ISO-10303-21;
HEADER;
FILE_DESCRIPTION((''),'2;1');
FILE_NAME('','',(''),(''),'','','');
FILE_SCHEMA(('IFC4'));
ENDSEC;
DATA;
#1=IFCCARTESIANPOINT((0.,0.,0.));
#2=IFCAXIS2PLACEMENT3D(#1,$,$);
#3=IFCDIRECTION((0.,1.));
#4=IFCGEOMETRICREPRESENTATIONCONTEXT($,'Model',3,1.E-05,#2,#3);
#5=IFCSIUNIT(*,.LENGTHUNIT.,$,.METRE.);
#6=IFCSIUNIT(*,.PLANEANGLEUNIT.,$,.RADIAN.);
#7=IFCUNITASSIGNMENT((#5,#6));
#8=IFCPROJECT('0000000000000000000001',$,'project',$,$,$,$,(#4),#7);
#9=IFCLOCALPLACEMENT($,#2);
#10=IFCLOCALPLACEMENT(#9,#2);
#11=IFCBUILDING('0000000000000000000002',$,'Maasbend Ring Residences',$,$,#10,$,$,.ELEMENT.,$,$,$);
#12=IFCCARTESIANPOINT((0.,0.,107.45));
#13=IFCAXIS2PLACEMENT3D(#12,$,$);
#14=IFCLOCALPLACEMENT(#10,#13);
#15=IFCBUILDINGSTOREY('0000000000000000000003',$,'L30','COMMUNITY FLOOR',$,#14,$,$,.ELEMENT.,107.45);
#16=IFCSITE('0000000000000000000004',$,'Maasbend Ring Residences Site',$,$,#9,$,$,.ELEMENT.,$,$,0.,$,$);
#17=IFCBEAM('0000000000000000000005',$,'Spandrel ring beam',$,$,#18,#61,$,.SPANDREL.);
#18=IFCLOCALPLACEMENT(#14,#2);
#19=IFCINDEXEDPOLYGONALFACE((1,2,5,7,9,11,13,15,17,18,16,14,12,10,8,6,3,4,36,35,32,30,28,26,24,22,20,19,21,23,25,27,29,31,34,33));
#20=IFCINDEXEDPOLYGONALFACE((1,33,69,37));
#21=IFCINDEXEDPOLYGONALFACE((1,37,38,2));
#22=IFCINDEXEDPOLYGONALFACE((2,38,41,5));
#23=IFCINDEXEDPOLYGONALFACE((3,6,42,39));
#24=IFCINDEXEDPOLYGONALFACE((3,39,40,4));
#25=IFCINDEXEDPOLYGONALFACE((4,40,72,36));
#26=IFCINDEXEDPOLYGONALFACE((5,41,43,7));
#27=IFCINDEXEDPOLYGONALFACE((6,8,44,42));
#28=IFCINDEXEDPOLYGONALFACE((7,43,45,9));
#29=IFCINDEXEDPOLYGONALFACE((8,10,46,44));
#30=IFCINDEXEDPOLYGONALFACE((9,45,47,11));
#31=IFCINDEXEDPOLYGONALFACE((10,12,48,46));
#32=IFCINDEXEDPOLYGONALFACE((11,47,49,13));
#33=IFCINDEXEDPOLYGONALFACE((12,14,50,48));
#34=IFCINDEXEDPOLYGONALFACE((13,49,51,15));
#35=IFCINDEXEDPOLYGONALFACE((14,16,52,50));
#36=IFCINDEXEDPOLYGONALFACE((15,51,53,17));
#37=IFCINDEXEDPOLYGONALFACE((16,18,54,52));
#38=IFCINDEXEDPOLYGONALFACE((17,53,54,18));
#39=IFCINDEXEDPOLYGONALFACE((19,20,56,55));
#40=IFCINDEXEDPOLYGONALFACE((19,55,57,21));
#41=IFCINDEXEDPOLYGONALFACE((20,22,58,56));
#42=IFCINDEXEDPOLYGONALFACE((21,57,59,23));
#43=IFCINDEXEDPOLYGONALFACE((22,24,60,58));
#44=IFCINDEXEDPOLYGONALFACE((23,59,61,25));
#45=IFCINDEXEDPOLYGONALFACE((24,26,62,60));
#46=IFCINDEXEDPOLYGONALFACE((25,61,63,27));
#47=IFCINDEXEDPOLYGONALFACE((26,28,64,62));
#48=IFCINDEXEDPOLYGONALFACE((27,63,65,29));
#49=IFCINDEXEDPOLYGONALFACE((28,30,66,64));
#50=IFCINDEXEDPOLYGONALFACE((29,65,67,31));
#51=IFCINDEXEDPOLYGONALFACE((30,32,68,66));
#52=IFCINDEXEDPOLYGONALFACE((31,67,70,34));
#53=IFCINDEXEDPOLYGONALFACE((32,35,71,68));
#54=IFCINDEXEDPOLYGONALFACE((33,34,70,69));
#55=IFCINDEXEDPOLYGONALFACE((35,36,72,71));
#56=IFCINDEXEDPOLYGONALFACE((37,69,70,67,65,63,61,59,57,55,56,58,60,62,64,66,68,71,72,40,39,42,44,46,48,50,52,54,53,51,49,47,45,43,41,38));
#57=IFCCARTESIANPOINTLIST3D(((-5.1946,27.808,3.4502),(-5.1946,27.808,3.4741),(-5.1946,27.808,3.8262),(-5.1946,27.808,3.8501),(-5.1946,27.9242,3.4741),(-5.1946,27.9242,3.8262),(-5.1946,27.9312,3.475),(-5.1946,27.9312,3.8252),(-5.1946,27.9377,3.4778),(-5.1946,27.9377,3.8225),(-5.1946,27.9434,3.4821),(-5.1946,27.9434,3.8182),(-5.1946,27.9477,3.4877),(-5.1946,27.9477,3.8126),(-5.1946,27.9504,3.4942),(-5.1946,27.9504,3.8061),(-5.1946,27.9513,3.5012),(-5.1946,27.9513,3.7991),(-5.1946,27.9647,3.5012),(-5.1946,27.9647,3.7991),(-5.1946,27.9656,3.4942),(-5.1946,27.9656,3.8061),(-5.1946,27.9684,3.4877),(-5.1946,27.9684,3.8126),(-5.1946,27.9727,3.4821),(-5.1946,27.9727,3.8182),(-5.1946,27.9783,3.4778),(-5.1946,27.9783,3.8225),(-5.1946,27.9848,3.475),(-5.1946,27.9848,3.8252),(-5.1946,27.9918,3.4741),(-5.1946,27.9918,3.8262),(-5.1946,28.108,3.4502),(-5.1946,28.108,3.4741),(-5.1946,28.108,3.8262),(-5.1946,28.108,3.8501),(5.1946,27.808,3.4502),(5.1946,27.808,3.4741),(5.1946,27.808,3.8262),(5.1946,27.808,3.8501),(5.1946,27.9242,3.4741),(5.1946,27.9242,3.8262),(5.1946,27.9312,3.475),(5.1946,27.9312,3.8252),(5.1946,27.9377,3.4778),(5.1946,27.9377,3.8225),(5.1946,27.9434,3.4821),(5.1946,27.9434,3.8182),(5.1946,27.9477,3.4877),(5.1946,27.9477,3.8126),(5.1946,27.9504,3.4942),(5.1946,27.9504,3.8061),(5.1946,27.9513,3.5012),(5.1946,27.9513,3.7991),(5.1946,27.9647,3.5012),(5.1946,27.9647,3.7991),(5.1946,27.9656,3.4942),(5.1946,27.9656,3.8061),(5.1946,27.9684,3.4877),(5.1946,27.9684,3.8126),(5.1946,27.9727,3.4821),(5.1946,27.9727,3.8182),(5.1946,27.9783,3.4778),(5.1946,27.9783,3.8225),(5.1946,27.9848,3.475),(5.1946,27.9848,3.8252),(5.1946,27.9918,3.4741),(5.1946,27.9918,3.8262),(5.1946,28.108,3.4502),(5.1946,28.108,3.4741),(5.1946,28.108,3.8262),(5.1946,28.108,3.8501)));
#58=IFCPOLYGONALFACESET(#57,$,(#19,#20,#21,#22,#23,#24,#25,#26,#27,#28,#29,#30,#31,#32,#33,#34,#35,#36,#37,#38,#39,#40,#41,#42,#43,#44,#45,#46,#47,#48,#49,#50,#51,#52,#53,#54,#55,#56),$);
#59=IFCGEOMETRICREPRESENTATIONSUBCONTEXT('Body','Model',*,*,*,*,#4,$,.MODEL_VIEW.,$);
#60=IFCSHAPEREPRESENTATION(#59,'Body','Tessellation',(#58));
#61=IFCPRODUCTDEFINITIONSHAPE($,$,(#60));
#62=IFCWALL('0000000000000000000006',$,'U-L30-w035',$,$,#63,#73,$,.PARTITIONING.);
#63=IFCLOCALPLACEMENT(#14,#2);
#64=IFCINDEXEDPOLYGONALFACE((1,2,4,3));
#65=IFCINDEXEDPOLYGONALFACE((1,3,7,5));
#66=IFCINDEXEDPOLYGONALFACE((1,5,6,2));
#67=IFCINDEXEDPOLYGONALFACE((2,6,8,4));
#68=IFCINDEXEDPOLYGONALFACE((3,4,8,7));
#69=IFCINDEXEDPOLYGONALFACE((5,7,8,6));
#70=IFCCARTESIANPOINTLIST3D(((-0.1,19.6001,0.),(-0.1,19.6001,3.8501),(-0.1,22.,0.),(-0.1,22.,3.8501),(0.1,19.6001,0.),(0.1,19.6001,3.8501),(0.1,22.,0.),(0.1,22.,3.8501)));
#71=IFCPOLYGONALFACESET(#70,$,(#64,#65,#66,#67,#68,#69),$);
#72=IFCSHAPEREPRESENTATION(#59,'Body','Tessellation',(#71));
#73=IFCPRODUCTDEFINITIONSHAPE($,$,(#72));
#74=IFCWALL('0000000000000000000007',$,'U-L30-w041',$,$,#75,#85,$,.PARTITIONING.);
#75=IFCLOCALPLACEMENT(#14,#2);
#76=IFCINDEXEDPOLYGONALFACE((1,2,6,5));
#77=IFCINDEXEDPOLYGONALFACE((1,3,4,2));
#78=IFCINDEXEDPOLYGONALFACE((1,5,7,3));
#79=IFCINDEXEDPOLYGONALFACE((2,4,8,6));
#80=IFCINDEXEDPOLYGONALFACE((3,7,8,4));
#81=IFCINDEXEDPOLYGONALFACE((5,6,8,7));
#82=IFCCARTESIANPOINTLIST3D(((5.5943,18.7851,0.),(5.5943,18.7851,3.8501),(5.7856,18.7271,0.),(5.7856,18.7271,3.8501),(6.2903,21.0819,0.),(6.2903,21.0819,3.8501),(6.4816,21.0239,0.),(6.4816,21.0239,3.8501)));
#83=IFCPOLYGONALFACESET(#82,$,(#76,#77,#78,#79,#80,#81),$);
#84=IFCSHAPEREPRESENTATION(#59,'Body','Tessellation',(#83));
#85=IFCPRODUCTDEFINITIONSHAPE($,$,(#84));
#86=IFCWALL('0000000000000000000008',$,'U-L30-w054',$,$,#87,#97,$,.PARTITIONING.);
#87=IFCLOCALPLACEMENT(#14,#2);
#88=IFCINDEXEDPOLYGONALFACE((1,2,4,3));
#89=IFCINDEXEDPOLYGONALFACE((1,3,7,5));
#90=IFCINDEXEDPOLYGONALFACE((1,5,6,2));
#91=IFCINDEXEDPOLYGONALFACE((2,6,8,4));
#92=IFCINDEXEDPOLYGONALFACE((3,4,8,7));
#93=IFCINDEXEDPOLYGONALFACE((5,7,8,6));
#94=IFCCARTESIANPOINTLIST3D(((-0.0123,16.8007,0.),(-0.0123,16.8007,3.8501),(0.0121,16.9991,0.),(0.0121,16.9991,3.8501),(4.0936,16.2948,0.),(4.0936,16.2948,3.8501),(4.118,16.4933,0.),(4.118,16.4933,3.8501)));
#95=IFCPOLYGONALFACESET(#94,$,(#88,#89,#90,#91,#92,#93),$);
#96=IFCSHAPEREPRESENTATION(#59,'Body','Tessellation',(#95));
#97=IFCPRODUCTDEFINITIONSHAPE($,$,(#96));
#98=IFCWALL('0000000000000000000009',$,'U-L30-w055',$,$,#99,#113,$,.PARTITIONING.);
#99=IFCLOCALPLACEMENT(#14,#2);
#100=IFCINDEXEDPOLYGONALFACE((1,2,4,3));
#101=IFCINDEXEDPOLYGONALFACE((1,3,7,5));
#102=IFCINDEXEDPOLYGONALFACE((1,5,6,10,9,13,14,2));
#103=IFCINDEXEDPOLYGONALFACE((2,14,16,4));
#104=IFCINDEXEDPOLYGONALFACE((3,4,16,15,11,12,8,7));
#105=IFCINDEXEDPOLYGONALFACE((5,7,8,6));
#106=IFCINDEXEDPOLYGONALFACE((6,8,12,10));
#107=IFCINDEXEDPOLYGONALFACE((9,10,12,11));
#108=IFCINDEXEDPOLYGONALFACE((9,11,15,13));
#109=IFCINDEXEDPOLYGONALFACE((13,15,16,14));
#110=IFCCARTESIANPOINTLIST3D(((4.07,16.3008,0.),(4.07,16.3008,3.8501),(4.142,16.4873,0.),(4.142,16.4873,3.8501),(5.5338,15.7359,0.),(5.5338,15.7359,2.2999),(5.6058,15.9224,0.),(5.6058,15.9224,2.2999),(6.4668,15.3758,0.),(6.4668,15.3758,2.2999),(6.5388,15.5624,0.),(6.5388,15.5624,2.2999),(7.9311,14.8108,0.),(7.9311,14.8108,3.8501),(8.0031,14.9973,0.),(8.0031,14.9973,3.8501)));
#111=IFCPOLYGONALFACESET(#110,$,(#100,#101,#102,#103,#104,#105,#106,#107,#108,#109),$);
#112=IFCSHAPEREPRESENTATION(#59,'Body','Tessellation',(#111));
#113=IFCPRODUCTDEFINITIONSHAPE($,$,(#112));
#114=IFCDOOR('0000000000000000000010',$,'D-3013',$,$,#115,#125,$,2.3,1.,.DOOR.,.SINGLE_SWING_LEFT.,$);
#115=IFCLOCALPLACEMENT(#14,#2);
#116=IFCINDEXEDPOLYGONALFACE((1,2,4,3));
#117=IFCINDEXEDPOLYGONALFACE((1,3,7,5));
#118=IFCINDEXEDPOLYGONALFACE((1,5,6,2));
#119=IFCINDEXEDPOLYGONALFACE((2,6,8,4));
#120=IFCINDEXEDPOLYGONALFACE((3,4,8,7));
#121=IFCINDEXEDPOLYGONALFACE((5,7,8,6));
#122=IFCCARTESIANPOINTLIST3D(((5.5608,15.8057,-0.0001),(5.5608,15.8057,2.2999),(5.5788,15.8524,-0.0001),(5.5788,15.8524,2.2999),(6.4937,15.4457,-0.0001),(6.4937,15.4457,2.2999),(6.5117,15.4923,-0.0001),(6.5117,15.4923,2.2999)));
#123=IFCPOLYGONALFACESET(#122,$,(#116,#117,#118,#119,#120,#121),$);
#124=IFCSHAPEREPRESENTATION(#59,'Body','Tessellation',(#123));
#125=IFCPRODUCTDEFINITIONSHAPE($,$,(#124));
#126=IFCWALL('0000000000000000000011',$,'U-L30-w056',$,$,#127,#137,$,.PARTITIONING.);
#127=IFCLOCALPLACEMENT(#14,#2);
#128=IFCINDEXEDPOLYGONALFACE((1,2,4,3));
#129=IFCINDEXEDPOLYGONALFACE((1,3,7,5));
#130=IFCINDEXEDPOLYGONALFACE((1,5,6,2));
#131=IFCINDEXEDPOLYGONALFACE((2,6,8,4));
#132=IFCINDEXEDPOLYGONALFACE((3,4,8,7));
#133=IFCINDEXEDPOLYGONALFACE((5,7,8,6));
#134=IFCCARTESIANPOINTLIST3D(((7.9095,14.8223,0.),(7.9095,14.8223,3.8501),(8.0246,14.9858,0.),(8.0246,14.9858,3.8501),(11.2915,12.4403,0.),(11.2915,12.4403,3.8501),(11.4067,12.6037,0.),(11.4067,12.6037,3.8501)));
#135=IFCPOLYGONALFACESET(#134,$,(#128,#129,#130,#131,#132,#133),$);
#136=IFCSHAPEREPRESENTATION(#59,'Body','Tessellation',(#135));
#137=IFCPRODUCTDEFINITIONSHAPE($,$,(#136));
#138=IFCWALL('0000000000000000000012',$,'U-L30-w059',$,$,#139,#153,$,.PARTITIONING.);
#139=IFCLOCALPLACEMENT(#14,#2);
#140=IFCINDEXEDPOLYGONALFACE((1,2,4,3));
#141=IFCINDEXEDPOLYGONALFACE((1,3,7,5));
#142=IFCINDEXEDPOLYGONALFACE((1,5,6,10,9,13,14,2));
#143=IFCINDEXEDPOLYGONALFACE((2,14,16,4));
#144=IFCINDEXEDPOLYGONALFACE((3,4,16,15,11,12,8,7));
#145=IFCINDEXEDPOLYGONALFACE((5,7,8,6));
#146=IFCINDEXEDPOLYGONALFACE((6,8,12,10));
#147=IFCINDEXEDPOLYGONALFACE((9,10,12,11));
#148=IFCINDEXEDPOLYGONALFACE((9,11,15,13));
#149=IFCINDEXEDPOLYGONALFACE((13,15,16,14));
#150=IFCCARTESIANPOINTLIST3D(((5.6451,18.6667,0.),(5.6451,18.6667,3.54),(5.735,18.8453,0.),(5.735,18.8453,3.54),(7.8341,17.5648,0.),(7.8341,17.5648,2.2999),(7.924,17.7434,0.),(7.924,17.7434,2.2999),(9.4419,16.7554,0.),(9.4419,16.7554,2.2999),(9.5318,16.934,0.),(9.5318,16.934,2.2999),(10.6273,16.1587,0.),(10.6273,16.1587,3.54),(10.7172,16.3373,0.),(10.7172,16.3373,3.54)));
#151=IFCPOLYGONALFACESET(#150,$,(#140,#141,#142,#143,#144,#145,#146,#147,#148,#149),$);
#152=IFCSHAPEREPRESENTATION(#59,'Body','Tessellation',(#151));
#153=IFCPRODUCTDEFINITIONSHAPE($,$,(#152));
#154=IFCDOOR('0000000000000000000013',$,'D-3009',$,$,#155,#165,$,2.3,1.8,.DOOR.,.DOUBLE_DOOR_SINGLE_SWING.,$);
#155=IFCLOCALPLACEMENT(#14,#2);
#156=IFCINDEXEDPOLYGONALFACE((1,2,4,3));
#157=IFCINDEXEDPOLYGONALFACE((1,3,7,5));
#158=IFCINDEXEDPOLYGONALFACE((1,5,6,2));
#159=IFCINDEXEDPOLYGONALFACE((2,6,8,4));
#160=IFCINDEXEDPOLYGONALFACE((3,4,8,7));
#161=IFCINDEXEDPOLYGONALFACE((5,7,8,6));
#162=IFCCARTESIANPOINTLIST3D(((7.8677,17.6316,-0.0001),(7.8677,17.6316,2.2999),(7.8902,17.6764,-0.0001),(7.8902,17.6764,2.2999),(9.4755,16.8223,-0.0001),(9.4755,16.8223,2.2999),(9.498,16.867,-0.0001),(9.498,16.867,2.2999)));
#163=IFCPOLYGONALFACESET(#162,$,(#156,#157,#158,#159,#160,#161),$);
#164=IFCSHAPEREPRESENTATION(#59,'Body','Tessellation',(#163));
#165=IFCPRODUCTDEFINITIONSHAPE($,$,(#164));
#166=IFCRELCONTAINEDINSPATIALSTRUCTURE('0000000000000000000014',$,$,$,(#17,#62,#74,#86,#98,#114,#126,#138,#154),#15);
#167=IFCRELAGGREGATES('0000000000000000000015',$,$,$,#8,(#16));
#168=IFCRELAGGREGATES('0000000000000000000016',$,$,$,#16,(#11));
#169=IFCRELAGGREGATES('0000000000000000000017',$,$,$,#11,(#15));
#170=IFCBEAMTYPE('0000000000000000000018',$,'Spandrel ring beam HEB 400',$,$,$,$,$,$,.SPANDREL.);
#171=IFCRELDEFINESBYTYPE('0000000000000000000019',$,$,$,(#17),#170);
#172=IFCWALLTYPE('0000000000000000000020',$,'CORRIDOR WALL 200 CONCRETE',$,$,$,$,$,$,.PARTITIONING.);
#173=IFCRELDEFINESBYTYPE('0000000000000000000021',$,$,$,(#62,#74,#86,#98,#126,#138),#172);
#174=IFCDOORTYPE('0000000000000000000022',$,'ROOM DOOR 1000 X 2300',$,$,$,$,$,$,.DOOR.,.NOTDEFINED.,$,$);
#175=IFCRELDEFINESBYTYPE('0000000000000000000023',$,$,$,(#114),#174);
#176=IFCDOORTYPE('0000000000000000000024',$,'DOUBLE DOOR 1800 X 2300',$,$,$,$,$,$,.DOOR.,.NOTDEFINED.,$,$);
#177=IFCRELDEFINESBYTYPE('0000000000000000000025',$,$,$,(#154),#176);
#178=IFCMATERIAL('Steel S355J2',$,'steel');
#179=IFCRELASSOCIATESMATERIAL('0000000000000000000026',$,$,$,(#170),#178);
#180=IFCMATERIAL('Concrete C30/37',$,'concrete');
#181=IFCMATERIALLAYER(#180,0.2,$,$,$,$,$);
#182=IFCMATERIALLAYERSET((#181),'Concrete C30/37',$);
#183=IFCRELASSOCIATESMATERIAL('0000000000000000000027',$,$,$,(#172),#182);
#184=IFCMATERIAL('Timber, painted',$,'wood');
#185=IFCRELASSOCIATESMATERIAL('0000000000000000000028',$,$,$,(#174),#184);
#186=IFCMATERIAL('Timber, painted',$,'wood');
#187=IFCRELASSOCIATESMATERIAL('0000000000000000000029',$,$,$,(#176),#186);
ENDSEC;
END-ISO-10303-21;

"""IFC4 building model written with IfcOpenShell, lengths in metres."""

from ifc_helpers import new_model, si_unit, direction, frame, frame_2d, origin, origin_2d, place, context, subcontext, project, spatial, rectangle, i_section, extrude, material, layer, layer_set, material_profile, profile_set, type_object, element, fill, save


model = new_model("IFC4")

# Units and contexts
model_context = context("Model", 3, precision=1e-05, world=origin(), true_north=direction((0.0, 1.0)))
body_context = subcontext(model_context, "Body", "Model", "MODEL_VIEW")
ifc_project = project(units=[si_unit("LENGTHUNIT", "METRE"), si_unit("PLANEANGLEUNIT", "RADIAN")], contexts=[model_context])

# Site, building, storey
site_placement = place(None, origin())
site = spatial("IfcSite", under=ifc_project, at=site_placement, Name="Maasbend Ring Residences Site", CompositionType="ELEMENT", RefElevation=0.0)
building_placement = place(site_placement, origin())
building = spatial("IfcBuilding", under=site, at=building_placement, Name="Maasbend Ring Residences", CompositionType="ELEMENT")
storey_placement = place(building_placement, frame((0.0, 0.0, 107.45)))
storey = spatial("IfcBuildingStorey", under=building, at=storey_placement, Name="L30", Description="COMMUNITY FLOOR", CompositionType="ELEMENT", Elevation=107.45)

# Beam
ifc_material_1 = material(Name="Steel S355J2", Category="steel")
ifc_material_profile_1 = material_profile(ifc_material_1, i_section(OverallWidth=0.3, OverallDepth=0.3999, WebThickness=0.0134, FlangeThickness=0.0239, FilletRadius=0.0271, at=origin_2d()), Name="HEB 400")
ifc_profile_set_1 = profile_set([ifc_material_profile_1], Name="Steel S355J2")
beam_type_1 = type_object("IfcBeamType", Name="Spandrel ring beam HEB 400", PredefinedType="SPANDREL", material=ifc_profile_set_1)
beam_1_placement = place(storey_placement, frame((5.1946, 27.958, 3.6501), z_axis=(-1.0, 0.0, 0.0), x_axis=(0.0, -1.0, 0.0)))
element("IfcBeam", 1, at=beam_1_placement, inside=storey, type_object=beam_type_1, Name="Spandrel ring beam", PredefinedType="SPANDREL", context=body_context, shape_type="SweptSolid", body=[
    extrude(i_section(OverallWidth=0.3, OverallDepth=0.3999, WebThickness=0.0134, FlangeThickness=0.0239, FilletRadius=0.0271, at=origin_2d()), origin(), (0.0, 0.0, 1.0), 10.3892),
])

# Walls
ifc_material_2 = material(Name="Concrete C30/37", Category="concrete")
ifc_layer_1 = layer(ifc_material_2, 0.2)
ifc_layer_set_1 = layer_set([ifc_layer_1], Name="Concrete C30/37")
wall_type_1 = type_object("IfcWallType", Name="CORRIDOR WALL 200 CONCRETE", PredefinedType="PARTITIONING", material=ifc_layer_set_1)
for number, where, z_axis, x_axis, name in (
    (2, (0.0, 19.6001, 0.0), (0.0, 0.0, 1.0), (0.0, 1.0, 0.0), "U-L30-w035"),
    (3, (5.6899, 18.7561, 0.0), (0.0, 0.0, 1.0), (0.290016, 0.957022, 0.0), "U-L30-w041"),
):
    element("IfcWall", number, at=place(storey_placement, frame(where, z_axis=z_axis, x_axis=x_axis)), inside=storey, type_object=wall_type_1, Name=name, PredefinedType="PARTITIONING", context=body_context, shape_type="SweptSolid", body=[
        extrude(rectangle(XDim=2.3999, YDim=0.2, at=frame_2d((1.2, 0.0))), origin(), (0.0, 0.0, 1.0), 3.8501),
    ])
wall_1_placement = place(storey_placement, frame((0.0, 16.8999, 0.0), z_axis=(0.0, 0.0, 1.0), x_axis=(0.992496, -0.122277, 0.0)))
element("IfcWall", 4, at=wall_1_placement, inside=storey, type_object=wall_type_1, Name="U-L30-w054", PredefinedType="PARTITIONING", context=body_context, shape_type="SweptSolid", body=[
    extrude(rectangle(XDim=4.137, YDim=0.2, at=frame_2d((2.0684, 0.0))), origin(), (0.0, 0.0, 1.0), 3.8501),
])

# Wall, opening, door
wall_2_placement = place(storey_placement, frame((4.106, 16.394, 0.0), z_axis=(0.0, 0.0, 1.0), x_axis=(0.932944, -0.360022, 0.0)))
wall_2 = element("IfcWall", 5, at=wall_2_placement, inside=storey, type_object=wall_type_1, Name="U-L30-w055", PredefinedType="PARTITIONING", context=body_context, shape_type="SweptSolid", body=[
    extrude(rectangle(XDim=4.1387, YDim=0.2, at=frame_2d((2.0693, 0.0))), origin(), (0.0, 0.0, 1.0), 3.8501),
])
opening_1_placement = place(wall_2_placement, frame((1.5691, 0.0, 0.0)))
opening_1 = element("IfcOpeningElement", 6, at=opening_1_placement, cuts=wall_2, PredefinedType="OPENING", context=body_context, shape_type="SweptSolid", body=[
    extrude(rectangle(XDim=1.0, YDim=2.3, at=frame_2d((0.5, 1.1499))), frame((0.0, 0.1099, 0.0), z_axis=(0.0, -1.0, 0.0), x_axis=(1.0, 0.0, 0.0)), (0.0, 0.0, 1.0), 0.22),
])
ifc_material_3 = material(Name="Timber, painted", Category="wood")
door_type_1 = type_object("IfcDoorType", Name="ROOM DOOR 1000 X 2300", OperationType="NOTDEFINED", PredefinedType="DOOR", material=ifc_material_3)
door_1_placement = place(opening_1_placement, origin())
door_1 = element("IfcDoor", 7, at=door_1_placement, inside=storey, type_object=door_type_1, Name="D-3013", OperationType="SINGLE_SWING_LEFT", OverallHeight=2.3, OverallWidth=1.0, PredefinedType="DOOR", context=body_context, shape_type="SweptSolid", body=[
    extrude(rectangle(XDim=1.0, YDim=2.3, at=frame_2d((0.5, 1.1499))), frame((0.0, 0.0249, 0.0), z_axis=(0.0, -1.0, 0.0), x_axis=(1.0, 0.0, 0.0)), (0.0, 0.0, 1.0), 0.05),
])
fill(opening_1, door_1)

# Wall
wall_3_placement = place(storey_placement, frame((7.967, 14.9041, 0.0), z_axis=(0.0, 0.0, 1.0), x_axis=(0.817568, -0.575833, 0.0)))
element("IfcWall", 8, at=wall_3_placement, inside=storey, type_object=wall_type_1, Name="U-L30-w056", PredefinedType="PARTITIONING", context=body_context, shape_type="SweptSolid", body=[
    extrude(rectangle(XDim=4.1367, YDim=0.2, at=frame_2d((2.0684, 0.0))), origin(), (0.0, 0.0, 1.0), 3.8501),
])

# Wall, opening, door
wall_4_placement = place(storey_placement, frame((5.6899, 18.7561, 0.0), z_axis=(0.0, 0.0, 1.0), x_axis=(0.893207, -0.449646, 0.0)))
wall_4 = element("IfcWall", 9, at=wall_4_placement, inside=storey, type_object=wall_type_1, Name="U-L30-w059", PredefinedType="PARTITIONING", context=body_context, shape_type="SweptSolid", body=[
    extrude(rectangle(XDim=5.5779, YDim=0.2, at=frame_2d((2.7891, 0.0))), origin(), (0.0, 0.0, 1.0), 3.54),
])
opening_2_placement = place(wall_4_placement, frame((2.4509, 0.0, 0.0)))
opening_2 = element("IfcOpeningElement", 10, at=opening_2_placement, cuts=wall_4, PredefinedType="OPENING", context=body_context, shape_type="SweptSolid", body=[
    extrude(rectangle(XDim=1.8, YDim=2.3, at=frame_2d((0.8999, 1.1499))), frame((0.0, 0.1099, 0.0), z_axis=(0.0, -1.0, 0.0), x_axis=(1.0, 0.0, 0.0)), (0.0, 0.0, 1.0), 0.22),
])
ifc_material_4 = material(Name="Timber, painted", Category="wood")
door_type_2 = type_object("IfcDoorType", Name="DOUBLE DOOR 1800 X 2300", OperationType="NOTDEFINED", PredefinedType="DOOR", material=ifc_material_4)
door_2_placement = place(opening_2_placement, origin())
door_2 = element("IfcDoor", 11, at=door_2_placement, inside=storey, type_object=door_type_2, Name="D-3009", OperationType="DOUBLE_DOOR_SINGLE_SWING", OverallHeight=2.3, OverallWidth=1.8, PredefinedType="DOOR", context=body_context, shape_type="SweptSolid", body=[
    extrude(rectangle(XDim=1.8, YDim=2.3, at=frame_2d((0.8999, 1.1499))), frame((0.0, 0.0249, 0.0), z_axis=(0.0, -1.0, 0.0), x_axis=(1.0, 0.0, 0.0)), (0.0, 0.0, 1.0), 0.05),
])
fill(opening_2, door_2)

save(model, "model.ifc")
